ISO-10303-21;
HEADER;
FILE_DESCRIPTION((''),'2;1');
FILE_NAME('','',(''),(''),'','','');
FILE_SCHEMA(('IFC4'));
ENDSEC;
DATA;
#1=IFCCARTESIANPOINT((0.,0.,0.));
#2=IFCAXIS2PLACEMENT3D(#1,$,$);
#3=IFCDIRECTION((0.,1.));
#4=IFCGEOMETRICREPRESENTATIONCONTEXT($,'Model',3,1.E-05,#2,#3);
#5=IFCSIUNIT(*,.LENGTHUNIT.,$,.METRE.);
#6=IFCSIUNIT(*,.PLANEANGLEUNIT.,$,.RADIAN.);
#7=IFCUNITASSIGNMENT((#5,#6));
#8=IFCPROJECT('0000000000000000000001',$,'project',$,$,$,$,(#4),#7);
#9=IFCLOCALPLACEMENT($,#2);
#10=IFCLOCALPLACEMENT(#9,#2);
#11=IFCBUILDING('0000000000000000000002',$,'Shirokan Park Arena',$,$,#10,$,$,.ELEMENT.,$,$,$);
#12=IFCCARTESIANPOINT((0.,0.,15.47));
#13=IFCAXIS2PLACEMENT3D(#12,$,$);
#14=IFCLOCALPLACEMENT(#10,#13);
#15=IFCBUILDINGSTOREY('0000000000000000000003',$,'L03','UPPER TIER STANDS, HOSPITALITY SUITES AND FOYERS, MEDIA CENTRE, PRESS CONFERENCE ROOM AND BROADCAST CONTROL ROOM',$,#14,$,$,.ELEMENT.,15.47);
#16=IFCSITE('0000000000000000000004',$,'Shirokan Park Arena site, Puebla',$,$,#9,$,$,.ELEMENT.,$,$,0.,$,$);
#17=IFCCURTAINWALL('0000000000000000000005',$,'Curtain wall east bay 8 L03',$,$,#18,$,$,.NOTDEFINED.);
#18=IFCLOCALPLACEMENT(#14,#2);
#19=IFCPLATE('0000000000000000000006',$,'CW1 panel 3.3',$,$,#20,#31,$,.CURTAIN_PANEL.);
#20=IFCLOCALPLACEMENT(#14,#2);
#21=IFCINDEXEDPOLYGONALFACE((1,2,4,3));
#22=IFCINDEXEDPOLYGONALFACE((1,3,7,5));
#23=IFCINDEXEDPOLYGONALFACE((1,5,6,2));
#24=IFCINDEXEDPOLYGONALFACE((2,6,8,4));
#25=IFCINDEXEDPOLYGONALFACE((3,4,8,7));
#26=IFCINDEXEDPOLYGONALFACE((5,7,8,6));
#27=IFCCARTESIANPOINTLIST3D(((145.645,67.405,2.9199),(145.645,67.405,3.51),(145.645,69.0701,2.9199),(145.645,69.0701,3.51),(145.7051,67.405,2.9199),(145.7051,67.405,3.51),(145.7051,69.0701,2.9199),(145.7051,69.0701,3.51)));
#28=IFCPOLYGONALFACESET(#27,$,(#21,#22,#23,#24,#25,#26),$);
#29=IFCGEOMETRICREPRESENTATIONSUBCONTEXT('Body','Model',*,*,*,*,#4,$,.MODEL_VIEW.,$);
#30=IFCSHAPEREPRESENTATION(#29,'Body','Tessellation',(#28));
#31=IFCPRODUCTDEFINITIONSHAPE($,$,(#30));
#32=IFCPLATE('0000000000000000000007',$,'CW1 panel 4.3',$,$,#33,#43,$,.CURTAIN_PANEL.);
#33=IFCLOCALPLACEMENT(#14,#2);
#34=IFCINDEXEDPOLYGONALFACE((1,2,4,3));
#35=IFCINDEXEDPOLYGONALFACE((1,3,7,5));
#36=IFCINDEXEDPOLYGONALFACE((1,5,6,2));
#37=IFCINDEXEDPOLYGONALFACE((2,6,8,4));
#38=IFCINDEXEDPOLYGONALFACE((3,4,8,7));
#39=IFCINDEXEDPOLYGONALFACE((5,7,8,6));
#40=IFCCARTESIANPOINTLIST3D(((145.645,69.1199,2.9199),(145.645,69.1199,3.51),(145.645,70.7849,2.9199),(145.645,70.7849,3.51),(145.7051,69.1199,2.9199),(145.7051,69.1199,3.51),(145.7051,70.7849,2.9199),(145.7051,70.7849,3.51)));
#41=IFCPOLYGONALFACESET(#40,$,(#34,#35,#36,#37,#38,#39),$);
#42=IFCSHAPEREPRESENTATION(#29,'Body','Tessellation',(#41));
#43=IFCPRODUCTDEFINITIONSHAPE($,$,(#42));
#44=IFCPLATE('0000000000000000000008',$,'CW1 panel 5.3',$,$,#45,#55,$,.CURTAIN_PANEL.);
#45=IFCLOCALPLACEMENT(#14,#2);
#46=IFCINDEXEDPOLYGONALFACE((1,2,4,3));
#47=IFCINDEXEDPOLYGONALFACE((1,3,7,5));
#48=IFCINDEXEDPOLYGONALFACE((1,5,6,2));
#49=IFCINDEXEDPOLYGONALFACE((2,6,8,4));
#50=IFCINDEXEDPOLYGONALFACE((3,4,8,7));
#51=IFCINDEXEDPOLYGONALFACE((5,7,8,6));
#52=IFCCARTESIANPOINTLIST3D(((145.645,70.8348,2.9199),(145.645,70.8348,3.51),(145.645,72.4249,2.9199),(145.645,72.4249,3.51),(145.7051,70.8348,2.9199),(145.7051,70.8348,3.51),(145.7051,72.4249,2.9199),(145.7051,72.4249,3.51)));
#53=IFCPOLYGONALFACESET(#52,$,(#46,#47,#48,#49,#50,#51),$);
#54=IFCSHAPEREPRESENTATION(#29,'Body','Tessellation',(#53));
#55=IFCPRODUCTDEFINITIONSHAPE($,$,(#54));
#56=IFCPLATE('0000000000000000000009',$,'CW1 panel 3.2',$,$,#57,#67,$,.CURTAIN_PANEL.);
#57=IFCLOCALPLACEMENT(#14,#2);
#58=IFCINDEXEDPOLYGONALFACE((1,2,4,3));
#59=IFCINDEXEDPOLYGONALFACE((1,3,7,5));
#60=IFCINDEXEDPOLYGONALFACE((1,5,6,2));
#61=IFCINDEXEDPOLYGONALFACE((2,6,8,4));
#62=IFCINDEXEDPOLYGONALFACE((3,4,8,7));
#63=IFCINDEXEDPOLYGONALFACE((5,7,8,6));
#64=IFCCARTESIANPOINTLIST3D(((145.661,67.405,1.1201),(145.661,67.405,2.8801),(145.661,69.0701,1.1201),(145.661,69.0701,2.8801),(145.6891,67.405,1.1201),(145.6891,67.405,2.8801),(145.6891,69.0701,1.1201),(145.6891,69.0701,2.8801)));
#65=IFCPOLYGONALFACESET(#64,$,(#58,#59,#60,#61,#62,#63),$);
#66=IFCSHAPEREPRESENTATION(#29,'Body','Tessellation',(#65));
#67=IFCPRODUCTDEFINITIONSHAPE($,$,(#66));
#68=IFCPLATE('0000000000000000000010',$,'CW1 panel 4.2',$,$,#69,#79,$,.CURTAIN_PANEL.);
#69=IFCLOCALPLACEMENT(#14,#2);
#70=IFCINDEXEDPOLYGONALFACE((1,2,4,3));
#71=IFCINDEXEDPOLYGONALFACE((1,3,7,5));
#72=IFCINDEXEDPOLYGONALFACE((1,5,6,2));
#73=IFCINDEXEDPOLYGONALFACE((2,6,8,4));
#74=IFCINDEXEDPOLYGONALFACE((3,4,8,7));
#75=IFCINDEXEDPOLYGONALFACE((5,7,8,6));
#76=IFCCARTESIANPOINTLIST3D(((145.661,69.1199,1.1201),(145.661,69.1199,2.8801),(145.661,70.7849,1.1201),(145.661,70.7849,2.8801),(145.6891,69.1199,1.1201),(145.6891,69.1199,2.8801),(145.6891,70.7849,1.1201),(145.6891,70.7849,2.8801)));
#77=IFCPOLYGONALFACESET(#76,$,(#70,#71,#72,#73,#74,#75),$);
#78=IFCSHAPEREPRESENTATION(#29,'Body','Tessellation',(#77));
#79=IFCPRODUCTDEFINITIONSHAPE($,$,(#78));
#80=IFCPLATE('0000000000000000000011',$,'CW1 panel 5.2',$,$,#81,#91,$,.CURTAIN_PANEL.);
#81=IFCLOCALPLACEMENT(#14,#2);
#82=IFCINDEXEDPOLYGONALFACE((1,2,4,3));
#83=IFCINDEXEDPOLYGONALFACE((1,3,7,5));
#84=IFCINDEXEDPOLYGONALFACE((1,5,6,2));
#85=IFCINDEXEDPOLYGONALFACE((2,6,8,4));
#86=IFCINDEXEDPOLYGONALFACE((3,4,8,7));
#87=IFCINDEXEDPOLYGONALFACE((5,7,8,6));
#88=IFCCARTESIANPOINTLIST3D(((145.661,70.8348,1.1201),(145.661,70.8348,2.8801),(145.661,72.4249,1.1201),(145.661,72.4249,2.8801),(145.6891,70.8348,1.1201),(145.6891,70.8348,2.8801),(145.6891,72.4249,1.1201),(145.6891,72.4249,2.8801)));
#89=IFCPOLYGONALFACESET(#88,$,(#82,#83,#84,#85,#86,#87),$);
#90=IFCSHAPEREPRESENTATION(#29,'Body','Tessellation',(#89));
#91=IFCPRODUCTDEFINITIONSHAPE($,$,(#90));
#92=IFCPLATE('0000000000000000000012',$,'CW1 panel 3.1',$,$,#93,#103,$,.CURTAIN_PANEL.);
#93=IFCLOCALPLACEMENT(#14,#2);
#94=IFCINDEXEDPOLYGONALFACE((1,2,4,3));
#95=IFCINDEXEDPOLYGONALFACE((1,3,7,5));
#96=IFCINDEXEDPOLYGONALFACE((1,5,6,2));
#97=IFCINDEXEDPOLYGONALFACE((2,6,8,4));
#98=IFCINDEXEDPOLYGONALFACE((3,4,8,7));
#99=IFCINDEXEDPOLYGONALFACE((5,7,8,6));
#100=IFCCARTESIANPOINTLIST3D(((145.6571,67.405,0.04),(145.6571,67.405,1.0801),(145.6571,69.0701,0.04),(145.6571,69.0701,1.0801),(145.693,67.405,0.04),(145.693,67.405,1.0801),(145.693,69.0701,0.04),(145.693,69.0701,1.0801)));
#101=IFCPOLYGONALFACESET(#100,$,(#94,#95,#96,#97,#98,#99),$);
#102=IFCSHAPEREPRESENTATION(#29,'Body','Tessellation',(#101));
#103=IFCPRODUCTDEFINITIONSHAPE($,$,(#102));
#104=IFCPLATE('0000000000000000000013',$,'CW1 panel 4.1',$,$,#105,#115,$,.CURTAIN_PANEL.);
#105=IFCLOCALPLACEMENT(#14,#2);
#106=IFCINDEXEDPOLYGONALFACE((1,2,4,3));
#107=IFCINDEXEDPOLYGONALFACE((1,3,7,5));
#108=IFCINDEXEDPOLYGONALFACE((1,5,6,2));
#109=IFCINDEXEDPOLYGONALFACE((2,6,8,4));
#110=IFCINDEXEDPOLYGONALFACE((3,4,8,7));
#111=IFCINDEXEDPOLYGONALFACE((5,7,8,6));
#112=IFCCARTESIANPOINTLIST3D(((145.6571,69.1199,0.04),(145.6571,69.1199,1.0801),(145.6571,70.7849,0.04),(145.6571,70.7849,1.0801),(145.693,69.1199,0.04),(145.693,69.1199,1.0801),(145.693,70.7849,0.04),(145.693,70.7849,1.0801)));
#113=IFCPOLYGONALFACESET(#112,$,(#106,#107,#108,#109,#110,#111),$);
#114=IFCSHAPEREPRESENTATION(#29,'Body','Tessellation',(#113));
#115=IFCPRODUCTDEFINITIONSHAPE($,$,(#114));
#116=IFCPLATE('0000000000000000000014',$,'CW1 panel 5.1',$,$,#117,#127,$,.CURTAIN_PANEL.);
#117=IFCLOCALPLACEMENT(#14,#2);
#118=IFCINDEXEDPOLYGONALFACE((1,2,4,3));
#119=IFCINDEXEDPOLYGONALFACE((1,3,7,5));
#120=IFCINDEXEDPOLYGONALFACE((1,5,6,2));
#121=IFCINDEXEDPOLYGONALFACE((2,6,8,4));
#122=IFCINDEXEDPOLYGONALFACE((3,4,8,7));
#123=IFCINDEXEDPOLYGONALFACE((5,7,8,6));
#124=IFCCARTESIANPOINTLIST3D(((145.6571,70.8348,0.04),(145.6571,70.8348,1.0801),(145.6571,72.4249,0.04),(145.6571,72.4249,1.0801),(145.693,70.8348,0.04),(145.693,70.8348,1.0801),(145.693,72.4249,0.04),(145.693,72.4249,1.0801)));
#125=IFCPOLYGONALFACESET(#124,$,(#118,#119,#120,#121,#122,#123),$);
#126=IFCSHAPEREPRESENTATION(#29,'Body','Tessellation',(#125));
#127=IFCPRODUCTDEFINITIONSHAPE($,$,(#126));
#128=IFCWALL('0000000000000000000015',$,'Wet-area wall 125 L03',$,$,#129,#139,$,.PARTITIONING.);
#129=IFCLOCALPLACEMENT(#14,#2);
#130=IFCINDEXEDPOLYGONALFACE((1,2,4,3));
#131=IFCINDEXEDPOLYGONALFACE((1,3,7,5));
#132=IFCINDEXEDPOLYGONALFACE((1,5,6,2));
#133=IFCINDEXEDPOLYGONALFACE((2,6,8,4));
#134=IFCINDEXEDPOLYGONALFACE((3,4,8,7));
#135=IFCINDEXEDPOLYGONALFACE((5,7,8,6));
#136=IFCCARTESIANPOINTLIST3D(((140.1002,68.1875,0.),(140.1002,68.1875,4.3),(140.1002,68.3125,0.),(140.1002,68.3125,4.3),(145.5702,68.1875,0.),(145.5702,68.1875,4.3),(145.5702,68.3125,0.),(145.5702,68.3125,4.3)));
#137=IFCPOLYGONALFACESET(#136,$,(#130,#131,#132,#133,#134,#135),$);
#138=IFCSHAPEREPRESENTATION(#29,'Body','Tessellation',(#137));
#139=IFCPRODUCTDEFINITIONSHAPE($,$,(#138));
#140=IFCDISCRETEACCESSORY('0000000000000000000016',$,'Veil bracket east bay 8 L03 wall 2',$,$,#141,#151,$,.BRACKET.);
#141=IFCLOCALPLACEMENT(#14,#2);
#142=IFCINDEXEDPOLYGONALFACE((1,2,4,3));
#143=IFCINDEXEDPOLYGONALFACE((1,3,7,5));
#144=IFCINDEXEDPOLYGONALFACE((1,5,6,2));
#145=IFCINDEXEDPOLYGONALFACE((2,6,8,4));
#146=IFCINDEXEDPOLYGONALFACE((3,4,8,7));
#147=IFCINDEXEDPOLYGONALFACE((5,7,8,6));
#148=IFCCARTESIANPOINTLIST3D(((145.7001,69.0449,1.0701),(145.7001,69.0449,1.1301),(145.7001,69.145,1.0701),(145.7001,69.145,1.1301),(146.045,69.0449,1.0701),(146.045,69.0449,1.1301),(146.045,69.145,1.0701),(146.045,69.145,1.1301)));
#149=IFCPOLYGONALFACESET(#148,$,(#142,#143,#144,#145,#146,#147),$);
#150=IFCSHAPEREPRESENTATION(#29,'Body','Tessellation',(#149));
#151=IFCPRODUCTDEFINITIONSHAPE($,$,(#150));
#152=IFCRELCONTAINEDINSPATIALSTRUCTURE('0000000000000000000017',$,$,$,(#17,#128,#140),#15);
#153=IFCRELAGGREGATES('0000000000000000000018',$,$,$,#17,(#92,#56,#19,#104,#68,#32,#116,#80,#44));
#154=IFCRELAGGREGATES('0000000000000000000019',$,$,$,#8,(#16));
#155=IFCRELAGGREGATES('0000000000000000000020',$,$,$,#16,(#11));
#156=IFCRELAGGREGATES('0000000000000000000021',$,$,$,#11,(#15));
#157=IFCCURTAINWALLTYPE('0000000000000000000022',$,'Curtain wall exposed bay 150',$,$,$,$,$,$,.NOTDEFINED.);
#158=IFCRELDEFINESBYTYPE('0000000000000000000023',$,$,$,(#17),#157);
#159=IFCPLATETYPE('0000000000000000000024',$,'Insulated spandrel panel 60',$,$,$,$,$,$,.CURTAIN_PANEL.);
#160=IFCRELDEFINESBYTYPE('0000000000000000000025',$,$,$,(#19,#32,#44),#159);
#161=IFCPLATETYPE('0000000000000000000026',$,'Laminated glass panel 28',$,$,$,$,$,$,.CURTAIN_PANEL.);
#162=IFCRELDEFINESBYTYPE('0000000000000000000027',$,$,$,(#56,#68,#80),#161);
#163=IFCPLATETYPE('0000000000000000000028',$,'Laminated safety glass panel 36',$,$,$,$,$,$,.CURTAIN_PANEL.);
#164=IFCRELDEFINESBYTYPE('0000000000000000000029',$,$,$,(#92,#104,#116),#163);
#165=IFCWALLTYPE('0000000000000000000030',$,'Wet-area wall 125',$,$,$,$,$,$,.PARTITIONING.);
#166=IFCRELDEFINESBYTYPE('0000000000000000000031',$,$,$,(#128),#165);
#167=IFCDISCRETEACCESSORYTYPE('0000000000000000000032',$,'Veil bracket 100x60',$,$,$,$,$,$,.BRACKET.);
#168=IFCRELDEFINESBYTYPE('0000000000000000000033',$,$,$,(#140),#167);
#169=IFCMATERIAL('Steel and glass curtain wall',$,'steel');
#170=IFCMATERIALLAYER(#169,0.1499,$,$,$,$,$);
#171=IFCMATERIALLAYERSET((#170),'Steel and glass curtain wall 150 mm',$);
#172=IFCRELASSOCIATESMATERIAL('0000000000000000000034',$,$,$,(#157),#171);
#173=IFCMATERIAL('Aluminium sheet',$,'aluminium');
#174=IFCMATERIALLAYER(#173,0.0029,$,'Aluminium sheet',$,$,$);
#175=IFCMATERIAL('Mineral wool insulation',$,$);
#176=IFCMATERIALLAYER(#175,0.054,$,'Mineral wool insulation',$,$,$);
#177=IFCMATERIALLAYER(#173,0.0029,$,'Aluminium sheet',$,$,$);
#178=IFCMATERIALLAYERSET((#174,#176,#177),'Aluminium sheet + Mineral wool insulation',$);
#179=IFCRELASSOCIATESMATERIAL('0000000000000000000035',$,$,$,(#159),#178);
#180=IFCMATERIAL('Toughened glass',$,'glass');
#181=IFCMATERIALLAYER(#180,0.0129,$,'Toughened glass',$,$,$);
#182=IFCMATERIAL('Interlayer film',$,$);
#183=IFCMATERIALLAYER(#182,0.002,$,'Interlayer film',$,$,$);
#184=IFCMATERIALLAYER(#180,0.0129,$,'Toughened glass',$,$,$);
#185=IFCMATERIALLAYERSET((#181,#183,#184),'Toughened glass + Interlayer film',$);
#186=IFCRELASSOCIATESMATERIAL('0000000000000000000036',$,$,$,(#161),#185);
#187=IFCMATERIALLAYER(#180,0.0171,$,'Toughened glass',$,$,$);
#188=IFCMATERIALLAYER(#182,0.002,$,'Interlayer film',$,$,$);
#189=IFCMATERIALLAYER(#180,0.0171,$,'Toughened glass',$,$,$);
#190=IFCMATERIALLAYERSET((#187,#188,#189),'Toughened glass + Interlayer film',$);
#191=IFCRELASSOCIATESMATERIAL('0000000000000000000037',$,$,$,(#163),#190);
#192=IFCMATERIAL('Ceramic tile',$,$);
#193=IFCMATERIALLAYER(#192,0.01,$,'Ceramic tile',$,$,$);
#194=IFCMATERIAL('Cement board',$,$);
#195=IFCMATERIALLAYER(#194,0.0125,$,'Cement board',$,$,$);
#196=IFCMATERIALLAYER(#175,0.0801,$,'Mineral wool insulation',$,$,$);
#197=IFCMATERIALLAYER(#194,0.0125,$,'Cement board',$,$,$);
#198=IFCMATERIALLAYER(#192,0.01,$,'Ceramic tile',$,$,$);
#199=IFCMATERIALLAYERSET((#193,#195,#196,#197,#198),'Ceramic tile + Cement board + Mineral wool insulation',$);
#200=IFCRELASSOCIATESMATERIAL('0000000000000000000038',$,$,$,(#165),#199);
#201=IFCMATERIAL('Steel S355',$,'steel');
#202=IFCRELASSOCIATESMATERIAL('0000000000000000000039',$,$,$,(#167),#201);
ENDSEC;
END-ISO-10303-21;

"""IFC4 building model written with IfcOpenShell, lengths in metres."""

from ifc_helpers import new_model, si_unit, direction, frame, frame_2d, origin, origin_2d, place, context, subcontext, project, spatial, rectangle, extrude, material, layer, layer_set, type_object, element, aggregate, save


model = new_model("IFC4")

# Units and contexts
model_context = context("Model", 3, precision=1e-05, world=origin(), true_north=direction((0.0, 1.0)))
body_context = subcontext(model_context, "Body", "Model", "MODEL_VIEW")
ifc_project = project(units=[si_unit("LENGTHUNIT", "METRE"), si_unit("PLANEANGLEUNIT", "RADIAN")], contexts=[model_context])

# Site, building, storey
site_placement = place(None, origin())
site = spatial("IfcSite", under=ifc_project, at=site_placement, Name="Shirokan Park Arena site, Puebla", CompositionType="ELEMENT", RefElevation=0.0)
building_placement = place(site_placement, origin())
building = spatial("IfcBuilding", under=site, at=building_placement, Name="Shirokan Park Arena", CompositionType="ELEMENT")
storey_placement = place(building_placement, frame((0.0, 0.0, 15.47)))
storey = spatial("IfcBuildingStorey", under=building, at=storey_placement, Name="L03", Description="UPPER TIER STANDS, HOSPITALITY SUITES AND FOYERS, MEDIA CENTRE, PRESS CONFERENCE ROOM AND BROADCAST CONTROL ROOM", CompositionType="ELEMENT", Elevation=15.47)

# Curtain wall, plates
ifc_material_1 = material(Name="Steel and glass curtain wall", Category="steel")
ifc_layer_1 = layer(ifc_material_1, 0.1499)
ifc_layer_set_1 = layer_set([ifc_layer_1], Name="Steel and glass curtain wall 150 mm")
curtain_wall_type = type_object("IfcCurtainWallType", Name="Curtain wall exposed bay 150", PredefinedType="NOTDEFINED", material=ifc_layer_set_1)
curtain_wall_placement = place(storey_placement, origin())
curtain_wall = element("IfcCurtainWall", 1, at=curtain_wall_placement, inside=storey, type_object=curtain_wall_type, Name="Curtain wall east bay 8 L03", PredefinedType="NOTDEFINED")
ifc_material_2 = material(Name="Steel S355", Category="steel")
ifc_material_3 = material(Name="Aluminium sheet", Category="aluminium")
ifc_layer_2 = layer(ifc_material_3, 0.0029, Name="Aluminium sheet")
ifc_material_4 = material(Name="Mineral wool insulation")
ifc_layer_3 = layer(ifc_material_4, 0.054, Name="Mineral wool insulation")
ifc_layer_4 = layer(ifc_material_3, 0.0029, Name="Aluminium sheet")
ifc_layer_set_2 = layer_set([ifc_layer_2, ifc_layer_3, ifc_layer_4], Name="Aluminium sheet + Mineral wool insulation")
plate_type_1 = type_object("IfcPlateType", Name="Insulated spandrel panel 60", PredefinedType="CURTAIN_PANEL", material=ifc_layer_set_2)
plate_1_placement = place(storey_placement, frame((145.675, 68.2375, 2.9199), z_axis=(0.0, 0.0, 1.0), x_axis=(0.0, 1.0, 0.0)))
plate_1 = element("IfcPlate", 2, at=plate_1_placement, type_object=plate_type_1, Name="CW1 panel 3.3", PredefinedType="CURTAIN_PANEL", context=body_context, shape_type="SweptSolid", body=[
    extrude(rectangle(XDim=1.665, YDim=0.0601, at=origin_2d()), origin(), (0.0, 0.0, 1.0), 0.5901),
])
plate_2_placement = place(storey_placement, frame((145.675, 69.9524, 2.9199), z_axis=(0.0, 0.0, 1.0), x_axis=(0.0, 1.0, 0.0)))
plate_2 = element("IfcPlate", 3, at=plate_2_placement, type_object=plate_type_1, Name="CW1 panel 4.3", PredefinedType="CURTAIN_PANEL", context=body_context, shape_type="SweptSolid", body=[
    extrude(rectangle(XDim=1.665, YDim=0.0601, at=origin_2d()), origin(), (0.0, 0.0, 1.0), 0.5901),
])
plate_3_placement = place(storey_placement, frame((145.675, 71.6299, 2.9199), z_axis=(0.0, 0.0, 1.0), x_axis=(0.0, 1.0, 0.0)))
plate_3 = element("IfcPlate", 4, at=plate_3_placement, type_object=plate_type_1, Name="CW1 panel 5.3", PredefinedType="CURTAIN_PANEL", context=body_context, shape_type="SweptSolid", body=[
    extrude(rectangle(XDim=1.5901, YDim=0.0601, at=origin_2d()), origin(), (0.0, 0.0, 1.0), 0.5901),
])
ifc_material_5 = material(Name="Toughened glass", Category="glass")
ifc_layer_5 = layer(ifc_material_5, 0.0129, Name="Toughened glass")
ifc_material_6 = material(Name="Interlayer film")
ifc_layer_6 = layer(ifc_material_6, 0.002, Name="Interlayer film")
ifc_layer_7 = layer(ifc_material_5, 0.0129, Name="Toughened glass")
ifc_layer_set_3 = layer_set([ifc_layer_5, ifc_layer_6, ifc_layer_7], Name="Toughened glass + Interlayer film")
plate_type_2 = type_object("IfcPlateType", Name="Laminated glass panel 28", PredefinedType="CURTAIN_PANEL", material=ifc_layer_set_3)
plate_4_placement = place(storey_placement, frame((145.675, 68.2375, 1.1201), z_axis=(0.0, 0.0, 1.0), x_axis=(0.0, 1.0, 0.0)))
plate_4 = element("IfcPlate", 5, at=plate_4_placement, type_object=plate_type_2, Name="CW1 panel 3.2", PredefinedType="CURTAIN_PANEL", context=body_context, shape_type="SweptSolid", body=[
    extrude(rectangle(XDim=1.665, YDim=0.0281, at=origin_2d()), origin(), (0.0, 0.0, 1.0), 1.76),
])
plate_5_placement = place(storey_placement, frame((145.675, 69.9524, 1.1201), z_axis=(0.0, 0.0, 1.0), x_axis=(0.0, 1.0, 0.0)))
plate_5 = element("IfcPlate", 6, at=plate_5_placement, type_object=plate_type_2, Name="CW1 panel 4.2", PredefinedType="CURTAIN_PANEL", context=body_context, shape_type="SweptSolid", body=[
    extrude(rectangle(XDim=1.665, YDim=0.0281, at=origin_2d()), origin(), (0.0, 0.0, 1.0), 1.76),
])
plate_6_placement = place(storey_placement, frame((145.675, 71.6299, 1.1201), z_axis=(0.0, 0.0, 1.0), x_axis=(0.0, 1.0, 0.0)))
plate_6 = element("IfcPlate", 7, at=plate_6_placement, type_object=plate_type_2, Name="CW1 panel 5.2", PredefinedType="CURTAIN_PANEL", context=body_context, shape_type="SweptSolid", body=[
    extrude(rectangle(XDim=1.5901, YDim=0.0281, at=origin_2d()), origin(), (0.0, 0.0, 1.0), 1.76),
])
ifc_layer_8 = layer(ifc_material_5, 0.0171, Name="Toughened glass")
ifc_layer_9 = layer(ifc_material_6, 0.002, Name="Interlayer film")
ifc_layer_10 = layer(ifc_material_5, 0.0171, Name="Toughened glass")
ifc_layer_set_4 = layer_set([ifc_layer_8, ifc_layer_9, ifc_layer_10], Name="Toughened glass + Interlayer film")
plate_type_3 = type_object("IfcPlateType", Name="Laminated safety glass panel 36", PredefinedType="CURTAIN_PANEL", material=ifc_layer_set_4)
plate_7_placement = place(storey_placement, frame((145.675, 68.2375, 0.04), z_axis=(0.0, 0.0, 1.0), x_axis=(0.0, 1.0, 0.0)))
plate_7 = element("IfcPlate", 8, at=plate_7_placement, type_object=plate_type_3, Name="CW1 panel 3.1", PredefinedType="CURTAIN_PANEL", context=body_context, shape_type="SweptSolid", body=[
    extrude(rectangle(XDim=1.665, YDim=0.0359, at=origin_2d()), origin(), (0.0, 0.0, 1.0), 1.04),
])
plate_8_placement = place(storey_placement, frame((145.675, 69.9524, 0.04), z_axis=(0.0, 0.0, 1.0), x_axis=(0.0, 1.0, 0.0)))
plate_8 = element("IfcPlate", 9, at=plate_8_placement, type_object=plate_type_3, Name="CW1 panel 4.1", PredefinedType="CURTAIN_PANEL", context=body_context, shape_type="SweptSolid", body=[
    extrude(rectangle(XDim=1.665, YDim=0.0359, at=origin_2d()), origin(), (0.0, 0.0, 1.0), 1.04),
])
plate_9_placement = place(storey_placement, frame((145.675, 71.6299, 0.04), z_axis=(0.0, 0.0, 1.0), x_axis=(0.0, 1.0, 0.0)))
plate_9 = element("IfcPlate", 10, at=plate_9_placement, type_object=plate_type_3, Name="CW1 panel 5.1", PredefinedType="CURTAIN_PANEL", context=body_context, shape_type="SweptSolid", body=[
    extrude(rectangle(XDim=1.5901, YDim=0.0359, at=origin_2d()), origin(), (0.0, 0.0, 1.0), 1.04),
])
aggregate(curtain_wall, [plate_7, plate_4, plate_1, plate_8, plate_5, plate_2, plate_9, plate_6, plate_3])

# Wall
ifc_material_7 = material(Name="Ceramic tile")
ifc_layer_11 = layer(ifc_material_7, 0.01, Name="Ceramic tile")
ifc_material_8 = material(Name="Cement board")
ifc_layer_12 = layer(ifc_material_8, 0.0125, Name="Cement board")
ifc_layer_13 = layer(ifc_material_4, 0.0801, Name="Mineral wool insulation")
ifc_layer_14 = layer(ifc_material_8, 0.0125, Name="Cement board")
ifc_layer_15 = layer(ifc_material_7, 0.01, Name="Ceramic tile")
ifc_layer_set_5 = layer_set([ifc_layer_11, ifc_layer_12, ifc_layer_13, ifc_layer_14, ifc_layer_15], Name="Ceramic tile + Cement board + Mineral wool insulation")
wall_type = type_object("IfcWallType", Name="Wet-area wall 125", PredefinedType="PARTITIONING", material=ifc_layer_set_5)
wall_placement = place(storey_placement, frame((145.5701, 68.25, 0.0), z_axis=(0.0, 0.0, 1.0), x_axis=(-1.0, 0.0, 0.0)))
element("IfcWall", 11, at=wall_placement, inside=storey, type_object=wall_type, Name="Wet-area wall 125 L03", PredefinedType="PARTITIONING", context=body_context, shape_type="SweptSolid", body=[
    extrude(rectangle(XDim=5.47, YDim=0.125, at=frame_2d((2.7349, 0.0))), origin(), (0.0, 0.0, 1.0), 4.3),
])

# Discrete accessory
discrete_accessory_type = type_object("IfcDiscreteAccessoryType", Name="Veil bracket 100x60", PredefinedType="BRACKET", material=ifc_material_2)
discrete_accessory_placement = place(storey_placement, frame((145.8726, 69.095, 1.0701), z_axis=(0.0, 0.0, 1.0), x_axis=(0.0, 1.0, 0.0)))
element("IfcDiscreteAccessory", 12, at=discrete_accessory_placement, inside=storey, type_object=discrete_accessory_type, Name="Veil bracket east bay 8 L03 wall 2", PredefinedType="BRACKET", context=body_context, shape_type="SweptSolid", body=[
    extrude(rectangle(XDim=0.1001, YDim=0.345, at=origin_2d()), origin(), (0.0, 0.0, 1.0), 0.0601),
])

save(model, "model.ifc")
